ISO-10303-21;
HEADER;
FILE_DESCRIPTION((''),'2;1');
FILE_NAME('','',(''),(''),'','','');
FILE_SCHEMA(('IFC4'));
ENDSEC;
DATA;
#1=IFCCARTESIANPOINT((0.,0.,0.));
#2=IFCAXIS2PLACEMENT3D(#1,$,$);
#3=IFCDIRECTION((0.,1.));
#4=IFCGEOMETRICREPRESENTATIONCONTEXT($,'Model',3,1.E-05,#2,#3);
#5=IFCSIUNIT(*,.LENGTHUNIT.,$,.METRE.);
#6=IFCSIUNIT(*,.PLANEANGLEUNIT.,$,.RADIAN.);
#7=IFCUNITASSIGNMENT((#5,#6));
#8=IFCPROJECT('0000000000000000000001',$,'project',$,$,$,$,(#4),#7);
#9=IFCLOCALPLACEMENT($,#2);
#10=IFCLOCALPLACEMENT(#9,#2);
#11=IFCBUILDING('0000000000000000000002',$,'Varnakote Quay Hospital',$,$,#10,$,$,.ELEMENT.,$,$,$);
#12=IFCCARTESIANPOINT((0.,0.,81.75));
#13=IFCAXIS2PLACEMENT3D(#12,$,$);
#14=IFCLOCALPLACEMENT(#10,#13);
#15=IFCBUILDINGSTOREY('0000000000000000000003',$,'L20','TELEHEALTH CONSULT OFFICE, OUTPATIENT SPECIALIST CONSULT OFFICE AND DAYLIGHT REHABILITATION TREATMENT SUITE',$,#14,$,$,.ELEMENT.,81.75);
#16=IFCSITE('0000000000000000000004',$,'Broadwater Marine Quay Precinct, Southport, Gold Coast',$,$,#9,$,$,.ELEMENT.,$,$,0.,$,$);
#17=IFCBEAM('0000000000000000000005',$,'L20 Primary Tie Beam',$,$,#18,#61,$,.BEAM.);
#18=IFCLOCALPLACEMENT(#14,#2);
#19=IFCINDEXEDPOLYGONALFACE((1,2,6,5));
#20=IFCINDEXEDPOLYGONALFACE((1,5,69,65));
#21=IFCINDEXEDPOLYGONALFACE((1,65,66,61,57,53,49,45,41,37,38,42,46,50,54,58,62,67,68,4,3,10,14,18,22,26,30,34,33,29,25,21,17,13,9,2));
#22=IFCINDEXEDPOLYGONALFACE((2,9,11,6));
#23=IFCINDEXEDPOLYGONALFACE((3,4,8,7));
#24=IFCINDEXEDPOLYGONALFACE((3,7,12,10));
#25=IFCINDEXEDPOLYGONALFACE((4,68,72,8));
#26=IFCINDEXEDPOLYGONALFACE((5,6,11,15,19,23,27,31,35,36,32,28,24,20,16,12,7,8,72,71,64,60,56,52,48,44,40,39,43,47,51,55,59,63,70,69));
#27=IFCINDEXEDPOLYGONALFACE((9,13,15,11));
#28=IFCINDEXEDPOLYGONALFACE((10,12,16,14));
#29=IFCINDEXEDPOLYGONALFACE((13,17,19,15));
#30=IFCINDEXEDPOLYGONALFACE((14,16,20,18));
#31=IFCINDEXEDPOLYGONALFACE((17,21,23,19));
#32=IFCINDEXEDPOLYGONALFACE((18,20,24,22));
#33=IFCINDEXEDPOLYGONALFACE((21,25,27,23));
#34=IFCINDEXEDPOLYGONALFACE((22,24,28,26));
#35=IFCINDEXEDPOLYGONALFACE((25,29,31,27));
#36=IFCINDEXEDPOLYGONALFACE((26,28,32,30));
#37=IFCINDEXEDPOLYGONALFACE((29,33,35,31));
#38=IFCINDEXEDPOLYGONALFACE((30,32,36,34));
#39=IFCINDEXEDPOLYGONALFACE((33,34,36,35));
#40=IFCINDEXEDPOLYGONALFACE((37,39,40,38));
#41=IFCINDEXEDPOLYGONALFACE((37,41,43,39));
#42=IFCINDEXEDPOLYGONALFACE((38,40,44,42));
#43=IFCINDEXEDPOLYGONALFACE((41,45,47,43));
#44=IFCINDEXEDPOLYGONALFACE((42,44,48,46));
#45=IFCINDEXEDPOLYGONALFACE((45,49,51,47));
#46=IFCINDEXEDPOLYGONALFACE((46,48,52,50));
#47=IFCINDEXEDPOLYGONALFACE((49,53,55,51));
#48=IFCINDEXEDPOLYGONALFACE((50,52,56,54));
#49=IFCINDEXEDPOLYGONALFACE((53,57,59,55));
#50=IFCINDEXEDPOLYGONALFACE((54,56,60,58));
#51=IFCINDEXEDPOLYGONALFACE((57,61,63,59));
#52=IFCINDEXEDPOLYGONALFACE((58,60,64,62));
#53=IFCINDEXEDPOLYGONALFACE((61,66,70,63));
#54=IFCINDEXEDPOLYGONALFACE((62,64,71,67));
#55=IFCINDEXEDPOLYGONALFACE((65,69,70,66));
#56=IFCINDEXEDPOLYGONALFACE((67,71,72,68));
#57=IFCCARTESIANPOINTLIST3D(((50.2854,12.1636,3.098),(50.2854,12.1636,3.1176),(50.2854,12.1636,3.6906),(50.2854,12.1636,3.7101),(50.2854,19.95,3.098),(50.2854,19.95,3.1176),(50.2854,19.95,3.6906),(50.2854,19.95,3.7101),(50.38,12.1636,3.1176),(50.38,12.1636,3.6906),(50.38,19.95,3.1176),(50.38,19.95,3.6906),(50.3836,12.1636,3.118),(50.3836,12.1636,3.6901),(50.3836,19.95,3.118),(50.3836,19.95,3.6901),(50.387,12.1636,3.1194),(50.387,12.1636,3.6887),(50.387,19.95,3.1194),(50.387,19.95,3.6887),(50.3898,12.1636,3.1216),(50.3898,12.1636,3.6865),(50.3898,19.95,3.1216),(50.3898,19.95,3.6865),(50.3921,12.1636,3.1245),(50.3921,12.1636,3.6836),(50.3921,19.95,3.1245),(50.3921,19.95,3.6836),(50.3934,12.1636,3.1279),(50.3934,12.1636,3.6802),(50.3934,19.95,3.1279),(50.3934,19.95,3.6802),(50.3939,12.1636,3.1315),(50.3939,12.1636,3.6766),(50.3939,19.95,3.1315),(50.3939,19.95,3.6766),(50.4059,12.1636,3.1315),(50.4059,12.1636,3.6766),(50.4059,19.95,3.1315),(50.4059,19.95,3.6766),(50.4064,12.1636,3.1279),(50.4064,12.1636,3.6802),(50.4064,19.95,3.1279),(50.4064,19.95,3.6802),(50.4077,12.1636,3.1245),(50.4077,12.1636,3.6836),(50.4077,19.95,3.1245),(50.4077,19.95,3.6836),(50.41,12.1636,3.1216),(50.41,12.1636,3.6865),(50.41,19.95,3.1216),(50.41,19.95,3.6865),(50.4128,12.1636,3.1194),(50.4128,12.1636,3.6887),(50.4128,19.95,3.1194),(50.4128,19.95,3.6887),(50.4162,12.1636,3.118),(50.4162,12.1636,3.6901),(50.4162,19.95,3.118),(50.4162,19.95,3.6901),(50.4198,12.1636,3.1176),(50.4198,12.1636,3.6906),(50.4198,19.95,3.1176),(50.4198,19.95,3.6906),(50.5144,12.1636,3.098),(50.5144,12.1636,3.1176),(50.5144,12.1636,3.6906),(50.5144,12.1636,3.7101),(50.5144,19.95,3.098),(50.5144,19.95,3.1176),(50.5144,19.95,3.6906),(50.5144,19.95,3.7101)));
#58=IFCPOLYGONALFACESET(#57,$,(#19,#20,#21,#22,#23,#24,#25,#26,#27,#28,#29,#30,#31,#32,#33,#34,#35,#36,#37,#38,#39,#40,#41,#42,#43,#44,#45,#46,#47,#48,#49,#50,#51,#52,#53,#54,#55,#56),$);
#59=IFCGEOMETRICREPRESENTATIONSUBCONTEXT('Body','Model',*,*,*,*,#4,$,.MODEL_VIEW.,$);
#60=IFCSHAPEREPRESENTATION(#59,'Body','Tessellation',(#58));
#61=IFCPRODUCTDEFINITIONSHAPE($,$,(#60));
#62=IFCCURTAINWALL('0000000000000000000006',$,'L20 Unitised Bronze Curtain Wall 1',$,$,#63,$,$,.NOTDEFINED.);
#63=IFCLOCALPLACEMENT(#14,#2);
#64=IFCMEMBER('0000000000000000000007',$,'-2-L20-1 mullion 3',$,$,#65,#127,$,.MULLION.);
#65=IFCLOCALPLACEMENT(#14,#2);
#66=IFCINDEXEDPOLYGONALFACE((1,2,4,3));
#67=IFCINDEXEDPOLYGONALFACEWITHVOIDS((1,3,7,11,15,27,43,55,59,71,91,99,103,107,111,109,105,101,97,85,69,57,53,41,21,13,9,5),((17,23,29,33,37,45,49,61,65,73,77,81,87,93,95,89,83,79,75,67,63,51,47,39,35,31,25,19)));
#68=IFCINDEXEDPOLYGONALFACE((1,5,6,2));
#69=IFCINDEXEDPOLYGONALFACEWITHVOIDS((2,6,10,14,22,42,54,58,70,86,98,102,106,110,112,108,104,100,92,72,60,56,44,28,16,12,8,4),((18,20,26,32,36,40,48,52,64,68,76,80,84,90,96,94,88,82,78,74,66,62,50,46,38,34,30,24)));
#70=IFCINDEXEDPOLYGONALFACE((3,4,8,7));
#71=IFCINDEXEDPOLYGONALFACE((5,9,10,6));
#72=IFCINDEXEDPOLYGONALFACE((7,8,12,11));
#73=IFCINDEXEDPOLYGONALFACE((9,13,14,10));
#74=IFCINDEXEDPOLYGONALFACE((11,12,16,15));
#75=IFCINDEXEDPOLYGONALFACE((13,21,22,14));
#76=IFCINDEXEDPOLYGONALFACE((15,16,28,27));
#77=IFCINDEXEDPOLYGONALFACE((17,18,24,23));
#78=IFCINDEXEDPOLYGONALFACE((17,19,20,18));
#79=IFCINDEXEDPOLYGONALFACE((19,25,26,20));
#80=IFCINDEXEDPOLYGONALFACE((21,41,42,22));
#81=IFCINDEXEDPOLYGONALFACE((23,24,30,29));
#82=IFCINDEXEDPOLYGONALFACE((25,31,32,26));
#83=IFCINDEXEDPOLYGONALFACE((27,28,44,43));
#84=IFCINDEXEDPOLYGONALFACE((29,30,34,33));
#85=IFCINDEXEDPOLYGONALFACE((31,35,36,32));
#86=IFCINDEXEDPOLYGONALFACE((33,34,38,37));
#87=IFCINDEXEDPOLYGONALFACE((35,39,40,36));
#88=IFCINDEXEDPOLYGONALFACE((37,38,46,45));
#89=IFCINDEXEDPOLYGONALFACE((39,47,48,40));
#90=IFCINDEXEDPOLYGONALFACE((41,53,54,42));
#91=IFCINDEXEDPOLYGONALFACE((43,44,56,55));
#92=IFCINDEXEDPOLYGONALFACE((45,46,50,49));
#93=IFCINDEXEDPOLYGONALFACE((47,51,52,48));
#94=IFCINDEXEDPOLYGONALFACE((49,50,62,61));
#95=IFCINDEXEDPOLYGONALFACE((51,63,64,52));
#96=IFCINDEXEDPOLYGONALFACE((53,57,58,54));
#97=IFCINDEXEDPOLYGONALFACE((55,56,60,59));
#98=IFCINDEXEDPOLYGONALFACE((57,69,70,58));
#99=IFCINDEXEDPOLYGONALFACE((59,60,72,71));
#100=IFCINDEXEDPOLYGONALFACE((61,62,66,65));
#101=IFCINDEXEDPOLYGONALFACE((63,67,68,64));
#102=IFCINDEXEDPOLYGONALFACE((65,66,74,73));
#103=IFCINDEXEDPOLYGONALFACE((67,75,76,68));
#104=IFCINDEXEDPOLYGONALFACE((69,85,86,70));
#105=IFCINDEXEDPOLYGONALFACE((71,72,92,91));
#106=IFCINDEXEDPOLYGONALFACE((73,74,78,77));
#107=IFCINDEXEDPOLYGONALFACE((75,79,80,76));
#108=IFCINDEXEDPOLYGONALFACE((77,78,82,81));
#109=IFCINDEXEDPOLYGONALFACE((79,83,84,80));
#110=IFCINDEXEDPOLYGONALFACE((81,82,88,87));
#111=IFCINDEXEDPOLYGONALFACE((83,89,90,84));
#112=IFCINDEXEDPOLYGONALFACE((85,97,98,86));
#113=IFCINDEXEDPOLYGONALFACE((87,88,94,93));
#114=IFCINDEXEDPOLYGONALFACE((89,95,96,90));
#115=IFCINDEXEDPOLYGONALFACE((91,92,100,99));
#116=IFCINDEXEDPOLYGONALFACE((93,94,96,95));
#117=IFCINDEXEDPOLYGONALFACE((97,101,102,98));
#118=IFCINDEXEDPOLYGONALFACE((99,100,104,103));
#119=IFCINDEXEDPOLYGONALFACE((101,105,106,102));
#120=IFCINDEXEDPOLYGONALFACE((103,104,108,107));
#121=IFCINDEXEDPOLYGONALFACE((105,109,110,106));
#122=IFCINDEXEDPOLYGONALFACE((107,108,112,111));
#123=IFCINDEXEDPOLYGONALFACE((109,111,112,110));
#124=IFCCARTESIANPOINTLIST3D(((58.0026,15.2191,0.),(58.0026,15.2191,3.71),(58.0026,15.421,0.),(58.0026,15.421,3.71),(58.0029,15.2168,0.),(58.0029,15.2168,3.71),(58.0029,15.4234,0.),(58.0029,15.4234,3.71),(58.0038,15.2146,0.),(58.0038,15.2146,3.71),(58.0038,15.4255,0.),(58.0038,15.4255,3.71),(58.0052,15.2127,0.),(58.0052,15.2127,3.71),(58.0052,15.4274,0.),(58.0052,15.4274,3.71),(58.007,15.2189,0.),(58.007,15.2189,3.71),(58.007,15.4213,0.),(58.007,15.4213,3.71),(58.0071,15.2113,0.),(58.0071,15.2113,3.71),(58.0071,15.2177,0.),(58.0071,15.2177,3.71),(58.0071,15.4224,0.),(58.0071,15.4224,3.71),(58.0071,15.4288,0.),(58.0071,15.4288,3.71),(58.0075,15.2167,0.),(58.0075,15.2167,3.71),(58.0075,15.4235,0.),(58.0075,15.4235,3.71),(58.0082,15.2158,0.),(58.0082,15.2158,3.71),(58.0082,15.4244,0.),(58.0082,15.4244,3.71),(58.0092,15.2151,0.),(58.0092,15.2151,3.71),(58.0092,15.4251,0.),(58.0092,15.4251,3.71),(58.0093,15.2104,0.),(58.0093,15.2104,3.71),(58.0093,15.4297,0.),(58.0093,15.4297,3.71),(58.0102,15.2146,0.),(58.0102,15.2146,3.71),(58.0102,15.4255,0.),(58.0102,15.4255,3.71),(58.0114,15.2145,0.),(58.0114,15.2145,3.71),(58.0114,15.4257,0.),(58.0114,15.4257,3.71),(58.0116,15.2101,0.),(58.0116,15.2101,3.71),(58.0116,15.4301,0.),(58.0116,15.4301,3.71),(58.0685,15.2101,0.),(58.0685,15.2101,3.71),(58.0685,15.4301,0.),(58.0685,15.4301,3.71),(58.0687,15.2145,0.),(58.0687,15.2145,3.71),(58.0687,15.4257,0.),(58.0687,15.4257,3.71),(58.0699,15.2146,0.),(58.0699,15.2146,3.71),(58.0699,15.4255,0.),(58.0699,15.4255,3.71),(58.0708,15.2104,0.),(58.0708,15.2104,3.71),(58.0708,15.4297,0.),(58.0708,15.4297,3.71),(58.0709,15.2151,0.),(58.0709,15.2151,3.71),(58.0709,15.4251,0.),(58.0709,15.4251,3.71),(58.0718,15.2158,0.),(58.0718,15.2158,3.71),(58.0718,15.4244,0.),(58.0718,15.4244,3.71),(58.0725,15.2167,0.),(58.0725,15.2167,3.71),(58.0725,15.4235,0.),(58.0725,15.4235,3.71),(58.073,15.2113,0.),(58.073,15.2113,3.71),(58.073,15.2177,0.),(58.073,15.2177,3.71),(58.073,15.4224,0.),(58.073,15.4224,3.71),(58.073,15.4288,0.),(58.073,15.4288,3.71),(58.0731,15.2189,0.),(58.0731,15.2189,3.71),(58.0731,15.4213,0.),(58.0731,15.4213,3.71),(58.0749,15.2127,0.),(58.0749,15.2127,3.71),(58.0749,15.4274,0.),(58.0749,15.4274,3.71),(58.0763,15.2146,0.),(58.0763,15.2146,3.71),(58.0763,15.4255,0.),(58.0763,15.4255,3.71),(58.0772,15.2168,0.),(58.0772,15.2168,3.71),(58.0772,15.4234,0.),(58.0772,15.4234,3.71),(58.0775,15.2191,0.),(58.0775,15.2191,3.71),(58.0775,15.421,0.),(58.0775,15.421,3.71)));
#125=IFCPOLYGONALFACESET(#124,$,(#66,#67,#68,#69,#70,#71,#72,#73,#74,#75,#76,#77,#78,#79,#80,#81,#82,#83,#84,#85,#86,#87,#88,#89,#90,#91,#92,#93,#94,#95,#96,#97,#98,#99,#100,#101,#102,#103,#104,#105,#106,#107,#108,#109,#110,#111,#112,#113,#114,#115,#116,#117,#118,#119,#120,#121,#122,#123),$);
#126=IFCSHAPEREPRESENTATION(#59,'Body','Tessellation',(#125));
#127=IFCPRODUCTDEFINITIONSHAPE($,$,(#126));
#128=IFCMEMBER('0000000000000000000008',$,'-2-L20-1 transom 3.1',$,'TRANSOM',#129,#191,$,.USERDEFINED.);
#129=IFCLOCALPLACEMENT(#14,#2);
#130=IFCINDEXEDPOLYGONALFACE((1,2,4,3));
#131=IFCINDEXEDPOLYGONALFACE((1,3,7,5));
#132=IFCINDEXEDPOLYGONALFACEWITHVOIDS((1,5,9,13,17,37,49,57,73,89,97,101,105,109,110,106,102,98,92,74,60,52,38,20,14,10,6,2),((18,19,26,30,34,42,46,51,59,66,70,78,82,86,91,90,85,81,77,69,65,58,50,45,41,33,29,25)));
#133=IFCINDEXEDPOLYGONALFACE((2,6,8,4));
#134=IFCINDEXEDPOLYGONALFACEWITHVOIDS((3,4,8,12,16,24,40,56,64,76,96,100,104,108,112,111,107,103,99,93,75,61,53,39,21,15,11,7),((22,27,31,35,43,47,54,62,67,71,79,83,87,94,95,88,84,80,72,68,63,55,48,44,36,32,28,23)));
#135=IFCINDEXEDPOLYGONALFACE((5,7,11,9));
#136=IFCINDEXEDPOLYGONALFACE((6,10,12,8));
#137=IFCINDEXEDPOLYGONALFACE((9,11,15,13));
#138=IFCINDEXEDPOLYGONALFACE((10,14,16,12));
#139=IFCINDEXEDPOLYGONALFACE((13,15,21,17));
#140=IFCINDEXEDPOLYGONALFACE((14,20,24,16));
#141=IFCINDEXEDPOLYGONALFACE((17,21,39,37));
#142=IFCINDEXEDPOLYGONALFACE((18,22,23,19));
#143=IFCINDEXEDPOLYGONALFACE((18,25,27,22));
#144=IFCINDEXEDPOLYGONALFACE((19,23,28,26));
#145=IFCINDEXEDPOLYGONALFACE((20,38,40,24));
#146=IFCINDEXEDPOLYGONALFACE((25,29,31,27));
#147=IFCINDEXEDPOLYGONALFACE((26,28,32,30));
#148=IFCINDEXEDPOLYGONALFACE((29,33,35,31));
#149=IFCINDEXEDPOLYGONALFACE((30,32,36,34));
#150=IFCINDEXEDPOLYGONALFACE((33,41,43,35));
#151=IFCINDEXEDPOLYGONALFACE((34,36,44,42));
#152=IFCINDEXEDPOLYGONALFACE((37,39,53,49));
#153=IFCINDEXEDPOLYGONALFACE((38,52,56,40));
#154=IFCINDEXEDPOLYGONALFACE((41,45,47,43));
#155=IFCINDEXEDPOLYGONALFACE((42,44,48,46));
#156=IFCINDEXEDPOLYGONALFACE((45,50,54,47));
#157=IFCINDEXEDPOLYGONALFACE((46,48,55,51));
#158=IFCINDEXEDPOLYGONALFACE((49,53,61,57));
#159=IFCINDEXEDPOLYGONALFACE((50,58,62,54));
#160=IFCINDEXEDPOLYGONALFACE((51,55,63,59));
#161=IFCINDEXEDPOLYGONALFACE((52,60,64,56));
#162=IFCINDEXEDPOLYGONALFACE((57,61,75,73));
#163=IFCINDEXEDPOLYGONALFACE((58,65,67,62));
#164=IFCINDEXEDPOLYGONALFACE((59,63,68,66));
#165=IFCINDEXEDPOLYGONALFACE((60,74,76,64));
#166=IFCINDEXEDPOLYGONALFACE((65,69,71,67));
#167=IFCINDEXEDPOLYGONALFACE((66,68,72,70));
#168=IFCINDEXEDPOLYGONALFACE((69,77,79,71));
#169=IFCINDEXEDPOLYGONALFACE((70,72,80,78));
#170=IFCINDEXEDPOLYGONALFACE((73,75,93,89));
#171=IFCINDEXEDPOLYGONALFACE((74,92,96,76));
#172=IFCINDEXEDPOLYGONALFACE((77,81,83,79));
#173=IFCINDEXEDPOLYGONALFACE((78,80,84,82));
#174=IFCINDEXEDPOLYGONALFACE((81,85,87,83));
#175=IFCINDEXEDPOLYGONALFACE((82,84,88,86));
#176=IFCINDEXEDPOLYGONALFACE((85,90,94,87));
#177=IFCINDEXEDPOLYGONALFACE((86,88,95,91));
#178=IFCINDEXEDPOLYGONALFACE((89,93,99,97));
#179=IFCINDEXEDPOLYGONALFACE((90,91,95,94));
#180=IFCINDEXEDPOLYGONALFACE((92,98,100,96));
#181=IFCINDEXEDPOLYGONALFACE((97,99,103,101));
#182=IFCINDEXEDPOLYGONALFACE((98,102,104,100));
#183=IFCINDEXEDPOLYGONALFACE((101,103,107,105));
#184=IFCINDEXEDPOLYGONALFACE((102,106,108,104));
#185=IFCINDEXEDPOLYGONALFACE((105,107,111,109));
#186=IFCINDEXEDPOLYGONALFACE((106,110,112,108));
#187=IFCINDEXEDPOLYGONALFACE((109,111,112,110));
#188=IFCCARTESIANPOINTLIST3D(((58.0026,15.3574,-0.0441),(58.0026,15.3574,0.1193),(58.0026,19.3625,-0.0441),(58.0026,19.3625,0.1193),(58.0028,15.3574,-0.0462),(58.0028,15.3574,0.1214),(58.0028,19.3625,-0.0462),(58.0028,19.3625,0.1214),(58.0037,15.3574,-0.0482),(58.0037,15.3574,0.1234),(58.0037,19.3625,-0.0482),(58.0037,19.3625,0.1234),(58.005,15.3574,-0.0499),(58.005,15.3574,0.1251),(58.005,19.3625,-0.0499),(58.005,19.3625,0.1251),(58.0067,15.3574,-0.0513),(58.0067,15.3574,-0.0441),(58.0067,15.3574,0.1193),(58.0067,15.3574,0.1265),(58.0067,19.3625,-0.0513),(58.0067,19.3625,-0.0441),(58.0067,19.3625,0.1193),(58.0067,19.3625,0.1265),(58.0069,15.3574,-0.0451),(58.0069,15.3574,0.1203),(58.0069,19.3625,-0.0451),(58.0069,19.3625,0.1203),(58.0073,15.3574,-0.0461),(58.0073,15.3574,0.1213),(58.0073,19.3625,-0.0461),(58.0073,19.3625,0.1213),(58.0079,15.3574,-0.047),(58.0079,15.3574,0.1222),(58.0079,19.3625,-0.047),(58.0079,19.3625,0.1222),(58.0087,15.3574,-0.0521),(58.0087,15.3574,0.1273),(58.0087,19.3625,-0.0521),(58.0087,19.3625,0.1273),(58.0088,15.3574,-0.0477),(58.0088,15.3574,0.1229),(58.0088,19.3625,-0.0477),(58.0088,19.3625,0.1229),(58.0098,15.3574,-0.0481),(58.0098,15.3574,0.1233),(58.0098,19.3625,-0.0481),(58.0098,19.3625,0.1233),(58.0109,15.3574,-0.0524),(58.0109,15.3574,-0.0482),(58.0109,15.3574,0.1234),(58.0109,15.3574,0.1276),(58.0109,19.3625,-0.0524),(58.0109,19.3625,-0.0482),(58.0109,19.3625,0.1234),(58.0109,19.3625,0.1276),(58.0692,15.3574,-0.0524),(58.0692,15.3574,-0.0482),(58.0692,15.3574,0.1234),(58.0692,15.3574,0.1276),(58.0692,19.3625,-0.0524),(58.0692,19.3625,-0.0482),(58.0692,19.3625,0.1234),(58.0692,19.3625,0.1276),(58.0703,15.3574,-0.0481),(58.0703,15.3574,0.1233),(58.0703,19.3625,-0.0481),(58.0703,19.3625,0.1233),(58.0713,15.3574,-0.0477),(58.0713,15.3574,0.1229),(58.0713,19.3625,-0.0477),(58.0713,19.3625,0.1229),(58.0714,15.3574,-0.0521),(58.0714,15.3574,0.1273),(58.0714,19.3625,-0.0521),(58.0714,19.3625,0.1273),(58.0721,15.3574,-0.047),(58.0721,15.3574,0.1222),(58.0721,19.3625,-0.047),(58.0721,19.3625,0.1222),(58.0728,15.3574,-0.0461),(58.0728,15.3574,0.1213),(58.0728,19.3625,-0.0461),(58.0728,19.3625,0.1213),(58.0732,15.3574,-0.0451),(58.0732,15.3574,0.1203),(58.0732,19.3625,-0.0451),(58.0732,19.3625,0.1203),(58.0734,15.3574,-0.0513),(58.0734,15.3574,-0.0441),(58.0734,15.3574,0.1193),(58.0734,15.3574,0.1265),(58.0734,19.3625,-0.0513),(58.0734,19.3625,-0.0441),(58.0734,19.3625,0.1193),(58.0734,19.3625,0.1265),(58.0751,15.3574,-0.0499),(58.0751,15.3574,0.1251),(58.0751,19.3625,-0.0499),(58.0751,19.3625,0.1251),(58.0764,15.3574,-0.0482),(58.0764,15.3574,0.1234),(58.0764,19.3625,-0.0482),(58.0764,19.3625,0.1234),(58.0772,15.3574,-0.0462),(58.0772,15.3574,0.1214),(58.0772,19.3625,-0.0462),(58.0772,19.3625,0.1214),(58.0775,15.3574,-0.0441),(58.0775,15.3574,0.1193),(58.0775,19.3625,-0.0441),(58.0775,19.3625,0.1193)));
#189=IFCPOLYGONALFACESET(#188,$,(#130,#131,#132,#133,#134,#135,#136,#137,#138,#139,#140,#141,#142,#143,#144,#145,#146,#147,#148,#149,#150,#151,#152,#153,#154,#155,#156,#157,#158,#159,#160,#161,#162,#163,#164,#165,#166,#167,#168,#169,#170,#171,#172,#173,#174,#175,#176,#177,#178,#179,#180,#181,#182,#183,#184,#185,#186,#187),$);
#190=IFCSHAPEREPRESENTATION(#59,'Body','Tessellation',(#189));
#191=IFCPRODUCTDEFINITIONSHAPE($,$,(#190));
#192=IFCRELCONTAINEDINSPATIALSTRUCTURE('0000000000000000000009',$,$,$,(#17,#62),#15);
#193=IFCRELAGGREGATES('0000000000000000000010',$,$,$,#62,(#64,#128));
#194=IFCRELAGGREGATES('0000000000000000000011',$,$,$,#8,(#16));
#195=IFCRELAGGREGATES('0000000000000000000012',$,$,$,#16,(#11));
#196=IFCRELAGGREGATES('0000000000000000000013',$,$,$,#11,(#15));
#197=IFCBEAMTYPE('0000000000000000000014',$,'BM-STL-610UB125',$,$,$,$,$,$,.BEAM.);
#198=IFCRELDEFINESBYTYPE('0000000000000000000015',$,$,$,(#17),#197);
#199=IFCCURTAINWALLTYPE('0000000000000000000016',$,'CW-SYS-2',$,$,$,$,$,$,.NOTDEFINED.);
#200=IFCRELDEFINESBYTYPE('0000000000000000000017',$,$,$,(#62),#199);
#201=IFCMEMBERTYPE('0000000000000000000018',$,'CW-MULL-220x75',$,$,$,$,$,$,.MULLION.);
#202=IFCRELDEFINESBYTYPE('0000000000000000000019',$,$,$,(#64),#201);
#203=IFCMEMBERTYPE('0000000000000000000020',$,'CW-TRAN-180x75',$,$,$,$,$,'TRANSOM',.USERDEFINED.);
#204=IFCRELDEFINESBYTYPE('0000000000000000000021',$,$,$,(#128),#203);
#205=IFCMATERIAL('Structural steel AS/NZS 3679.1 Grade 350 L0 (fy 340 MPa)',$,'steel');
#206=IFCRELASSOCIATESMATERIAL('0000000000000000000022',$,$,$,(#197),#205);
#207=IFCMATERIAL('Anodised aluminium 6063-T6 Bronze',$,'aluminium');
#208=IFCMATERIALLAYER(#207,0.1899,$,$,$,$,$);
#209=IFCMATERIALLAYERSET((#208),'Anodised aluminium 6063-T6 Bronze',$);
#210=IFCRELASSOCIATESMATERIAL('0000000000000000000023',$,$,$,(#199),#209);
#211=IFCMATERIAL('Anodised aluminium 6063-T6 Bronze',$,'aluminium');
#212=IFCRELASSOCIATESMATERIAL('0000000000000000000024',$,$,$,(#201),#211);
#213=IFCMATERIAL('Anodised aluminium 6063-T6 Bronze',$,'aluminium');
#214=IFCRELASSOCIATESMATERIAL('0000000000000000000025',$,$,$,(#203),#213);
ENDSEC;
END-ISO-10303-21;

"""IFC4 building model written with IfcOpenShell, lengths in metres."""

from ifc_helpers import new_model, si_unit, direction, frame, origin, origin_2d, place, context, subcontext, project, spatial, hollow_rectangle, i_section, extrude, material, layer, layer_set, material_profile, profile_set, type_object, element, aggregate, save


model = new_model("IFC4")

# Units and contexts
model_context = context("Model", 3, precision=1e-05, world=origin(), true_north=direction((0.0, 1.0)))
body_context = subcontext(model_context, "Body", "Model", "MODEL_VIEW")
ifc_project = project(units=[si_unit("LENGTHUNIT", "METRE"), si_unit("PLANEANGLEUNIT", "RADIAN")], contexts=[model_context])

# Site, building, storey
site_placement = place(None, origin())
site = spatial("IfcSite", under=ifc_project, at=site_placement, Name="Broadwater Marine Quay Precinct, Southport, Gold Coast", CompositionType="ELEMENT", RefElevation=0.0)
building_placement = place(site_placement, origin())
building = spatial("IfcBuilding", under=site, at=building_placement, Name="Varnakote Quay Hospital", CompositionType="ELEMENT")
storey_placement = place(building_placement, frame((0.0, 0.0, 81.75)))
storey = spatial("IfcBuildingStorey", under=building, at=storey_placement, Name="L20", Description="TELEHEALTH CONSULT OFFICE, OUTPATIENT SPECIALIST CONSULT OFFICE AND DAYLIGHT REHABILITATION TREATMENT SUITE", CompositionType="ELEMENT", Elevation=81.75)

# Beam
ifc_material_1 = material(Name="Structural steel AS/NZS 3679.1 Grade 350 L0 (fy 340 MPa)", Category="steel")
ifc_material_profile_1 = material_profile(ifc_material_1, i_section(OverallWidth=0.229, OverallDepth=0.6121, WebThickness=0.012, FlangeThickness=0.0195, FilletRadius=0.0139, at=origin_2d()), Name="610UB125")
ifc_profile_set_1 = profile_set([ifc_material_profile_1], Name="Structural steel AS/NZS 3679.1 Grade 350 L0 (fy 340 MPa)")
beam_type = type_object("IfcBeamType", Name="BM-STL-610UB125", PredefinedType="BEAM", material=ifc_profile_set_1)
beam_placement = place(storey_placement, frame((50.3999, 12.1636, 3.4041), z_axis=(0.0, 1.0, 0.0), x_axis=(-1.0, 0.0, 0.0)))
element("IfcBeam", 1, at=beam_placement, inside=storey, type_object=beam_type, Name="L20 Primary Tie Beam", PredefinedType="BEAM", context=body_context, shape_type="SweptSolid", body=[
    extrude(i_section(OverallWidth=0.229, OverallDepth=0.6121, WebThickness=0.012, FlangeThickness=0.0195, FilletRadius=0.0139, at=origin_2d()), origin(), (0.0, 0.0, 1.0), 7.7864),
])

# Curtain wall, members
ifc_material_2 = material(Name="Anodised aluminium 6063-T6 Bronze", Category="aluminium")
ifc_layer_1 = layer(ifc_material_2, 0.1899)
ifc_layer_set_1 = layer_set([ifc_layer_1], Name="Anodised aluminium 6063-T6 Bronze")
curtain_wall_type = type_object("IfcCurtainWallType", Name="CW-SYS-2", PredefinedType="NOTDEFINED", material=ifc_layer_set_1)
curtain_wall_placement = place(storey_placement, origin())
curtain_wall = element("IfcCurtainWall", 2, at=curtain_wall_placement, inside=storey, type_object=curtain_wall_type, Name="L20 Unitised Bronze Curtain Wall 1", PredefinedType="NOTDEFINED")
ifc_material_3 = material(Name="Anodised aluminium 6063-T6 Bronze", Category="aluminium")
ifc_material_profile_2 = material_profile(ifc_material_3, hollow_rectangle(XDim=0.075, YDim=0.22, WallThickness=0.0044, InnerFilletRadius=0.0044, OuterFilletRadius=0.009, at=origin_2d()), Name="CW-MULL-220x75")
ifc_profile_set_2 = profile_set([ifc_material_profile_2], Name="Anodised aluminium 6063-T6 Bronze")
member_type_1 = type_object("IfcMemberType", Name="CW-MULL-220x75", PredefinedType="MULLION", material=ifc_profile_set_2)
member_1_placement = place(storey_placement, frame((58.04, 15.3201, 0.0), z_axis=(0.0, 0.0, 1.0), x_axis=(-1.0, 0.0, 0.0)))
member_1 = element("IfcMember", 3, at=member_1_placement, type_object=member_type_1, Name="-2-L20-1 mullion 3", PredefinedType="MULLION", context=body_context, shape_type="SweptSolid", body=[
    extrude(hollow_rectangle(XDim=0.075, YDim=0.22, WallThickness=0.0044, InnerFilletRadius=0.0044, OuterFilletRadius=0.009, at=origin_2d()), origin(), (0.0, 0.0, 1.0), 3.71),
])
ifc_material_4 = material(Name="Anodised aluminium 6063-T6 Bronze", Category="aluminium")
ifc_material_profile_3 = material_profile(ifc_material_4, hollow_rectangle(XDim=0.075, YDim=0.1799, WallThickness=0.0042, InnerFilletRadius=0.0042, OuterFilletRadius=0.0083, at=origin_2d()), Name="CW-TRAN-180x75")
ifc_profile_set_3 = profile_set([ifc_material_profile_3], Name="Anodised aluminium 6063-T6 Bronze")
member_type_2 = type_object("IfcMemberType", Name="CW-TRAN-180x75", ElementType="TRANSOM", PredefinedType="USERDEFINED", material=ifc_profile_set_3)
member_2_placement = place(storey_placement, frame((58.04, 15.3574, 0.0376), z_axis=(0.0, 1.0, 0.0), x_axis=(-1.0, 0.0, 0.0)))
member_2 = element("IfcMember", 4, at=member_2_placement, type_object=member_type_2, Name="-2-L20-1 transom 3.1", ObjectType="TRANSOM", PredefinedType="USERDEFINED", context=body_context, shape_type="SweptSolid", body=[
    extrude(hollow_rectangle(XDim=0.075, YDim=0.1799, WallThickness=0.0042, InnerFilletRadius=0.0042, OuterFilletRadius=0.0083, at=origin_2d()), origin(), (0.0, 0.0, 1.0), 4.0051),
])
aggregate(curtain_wall, [member_1, member_2])

save(model, "model.ifc")
